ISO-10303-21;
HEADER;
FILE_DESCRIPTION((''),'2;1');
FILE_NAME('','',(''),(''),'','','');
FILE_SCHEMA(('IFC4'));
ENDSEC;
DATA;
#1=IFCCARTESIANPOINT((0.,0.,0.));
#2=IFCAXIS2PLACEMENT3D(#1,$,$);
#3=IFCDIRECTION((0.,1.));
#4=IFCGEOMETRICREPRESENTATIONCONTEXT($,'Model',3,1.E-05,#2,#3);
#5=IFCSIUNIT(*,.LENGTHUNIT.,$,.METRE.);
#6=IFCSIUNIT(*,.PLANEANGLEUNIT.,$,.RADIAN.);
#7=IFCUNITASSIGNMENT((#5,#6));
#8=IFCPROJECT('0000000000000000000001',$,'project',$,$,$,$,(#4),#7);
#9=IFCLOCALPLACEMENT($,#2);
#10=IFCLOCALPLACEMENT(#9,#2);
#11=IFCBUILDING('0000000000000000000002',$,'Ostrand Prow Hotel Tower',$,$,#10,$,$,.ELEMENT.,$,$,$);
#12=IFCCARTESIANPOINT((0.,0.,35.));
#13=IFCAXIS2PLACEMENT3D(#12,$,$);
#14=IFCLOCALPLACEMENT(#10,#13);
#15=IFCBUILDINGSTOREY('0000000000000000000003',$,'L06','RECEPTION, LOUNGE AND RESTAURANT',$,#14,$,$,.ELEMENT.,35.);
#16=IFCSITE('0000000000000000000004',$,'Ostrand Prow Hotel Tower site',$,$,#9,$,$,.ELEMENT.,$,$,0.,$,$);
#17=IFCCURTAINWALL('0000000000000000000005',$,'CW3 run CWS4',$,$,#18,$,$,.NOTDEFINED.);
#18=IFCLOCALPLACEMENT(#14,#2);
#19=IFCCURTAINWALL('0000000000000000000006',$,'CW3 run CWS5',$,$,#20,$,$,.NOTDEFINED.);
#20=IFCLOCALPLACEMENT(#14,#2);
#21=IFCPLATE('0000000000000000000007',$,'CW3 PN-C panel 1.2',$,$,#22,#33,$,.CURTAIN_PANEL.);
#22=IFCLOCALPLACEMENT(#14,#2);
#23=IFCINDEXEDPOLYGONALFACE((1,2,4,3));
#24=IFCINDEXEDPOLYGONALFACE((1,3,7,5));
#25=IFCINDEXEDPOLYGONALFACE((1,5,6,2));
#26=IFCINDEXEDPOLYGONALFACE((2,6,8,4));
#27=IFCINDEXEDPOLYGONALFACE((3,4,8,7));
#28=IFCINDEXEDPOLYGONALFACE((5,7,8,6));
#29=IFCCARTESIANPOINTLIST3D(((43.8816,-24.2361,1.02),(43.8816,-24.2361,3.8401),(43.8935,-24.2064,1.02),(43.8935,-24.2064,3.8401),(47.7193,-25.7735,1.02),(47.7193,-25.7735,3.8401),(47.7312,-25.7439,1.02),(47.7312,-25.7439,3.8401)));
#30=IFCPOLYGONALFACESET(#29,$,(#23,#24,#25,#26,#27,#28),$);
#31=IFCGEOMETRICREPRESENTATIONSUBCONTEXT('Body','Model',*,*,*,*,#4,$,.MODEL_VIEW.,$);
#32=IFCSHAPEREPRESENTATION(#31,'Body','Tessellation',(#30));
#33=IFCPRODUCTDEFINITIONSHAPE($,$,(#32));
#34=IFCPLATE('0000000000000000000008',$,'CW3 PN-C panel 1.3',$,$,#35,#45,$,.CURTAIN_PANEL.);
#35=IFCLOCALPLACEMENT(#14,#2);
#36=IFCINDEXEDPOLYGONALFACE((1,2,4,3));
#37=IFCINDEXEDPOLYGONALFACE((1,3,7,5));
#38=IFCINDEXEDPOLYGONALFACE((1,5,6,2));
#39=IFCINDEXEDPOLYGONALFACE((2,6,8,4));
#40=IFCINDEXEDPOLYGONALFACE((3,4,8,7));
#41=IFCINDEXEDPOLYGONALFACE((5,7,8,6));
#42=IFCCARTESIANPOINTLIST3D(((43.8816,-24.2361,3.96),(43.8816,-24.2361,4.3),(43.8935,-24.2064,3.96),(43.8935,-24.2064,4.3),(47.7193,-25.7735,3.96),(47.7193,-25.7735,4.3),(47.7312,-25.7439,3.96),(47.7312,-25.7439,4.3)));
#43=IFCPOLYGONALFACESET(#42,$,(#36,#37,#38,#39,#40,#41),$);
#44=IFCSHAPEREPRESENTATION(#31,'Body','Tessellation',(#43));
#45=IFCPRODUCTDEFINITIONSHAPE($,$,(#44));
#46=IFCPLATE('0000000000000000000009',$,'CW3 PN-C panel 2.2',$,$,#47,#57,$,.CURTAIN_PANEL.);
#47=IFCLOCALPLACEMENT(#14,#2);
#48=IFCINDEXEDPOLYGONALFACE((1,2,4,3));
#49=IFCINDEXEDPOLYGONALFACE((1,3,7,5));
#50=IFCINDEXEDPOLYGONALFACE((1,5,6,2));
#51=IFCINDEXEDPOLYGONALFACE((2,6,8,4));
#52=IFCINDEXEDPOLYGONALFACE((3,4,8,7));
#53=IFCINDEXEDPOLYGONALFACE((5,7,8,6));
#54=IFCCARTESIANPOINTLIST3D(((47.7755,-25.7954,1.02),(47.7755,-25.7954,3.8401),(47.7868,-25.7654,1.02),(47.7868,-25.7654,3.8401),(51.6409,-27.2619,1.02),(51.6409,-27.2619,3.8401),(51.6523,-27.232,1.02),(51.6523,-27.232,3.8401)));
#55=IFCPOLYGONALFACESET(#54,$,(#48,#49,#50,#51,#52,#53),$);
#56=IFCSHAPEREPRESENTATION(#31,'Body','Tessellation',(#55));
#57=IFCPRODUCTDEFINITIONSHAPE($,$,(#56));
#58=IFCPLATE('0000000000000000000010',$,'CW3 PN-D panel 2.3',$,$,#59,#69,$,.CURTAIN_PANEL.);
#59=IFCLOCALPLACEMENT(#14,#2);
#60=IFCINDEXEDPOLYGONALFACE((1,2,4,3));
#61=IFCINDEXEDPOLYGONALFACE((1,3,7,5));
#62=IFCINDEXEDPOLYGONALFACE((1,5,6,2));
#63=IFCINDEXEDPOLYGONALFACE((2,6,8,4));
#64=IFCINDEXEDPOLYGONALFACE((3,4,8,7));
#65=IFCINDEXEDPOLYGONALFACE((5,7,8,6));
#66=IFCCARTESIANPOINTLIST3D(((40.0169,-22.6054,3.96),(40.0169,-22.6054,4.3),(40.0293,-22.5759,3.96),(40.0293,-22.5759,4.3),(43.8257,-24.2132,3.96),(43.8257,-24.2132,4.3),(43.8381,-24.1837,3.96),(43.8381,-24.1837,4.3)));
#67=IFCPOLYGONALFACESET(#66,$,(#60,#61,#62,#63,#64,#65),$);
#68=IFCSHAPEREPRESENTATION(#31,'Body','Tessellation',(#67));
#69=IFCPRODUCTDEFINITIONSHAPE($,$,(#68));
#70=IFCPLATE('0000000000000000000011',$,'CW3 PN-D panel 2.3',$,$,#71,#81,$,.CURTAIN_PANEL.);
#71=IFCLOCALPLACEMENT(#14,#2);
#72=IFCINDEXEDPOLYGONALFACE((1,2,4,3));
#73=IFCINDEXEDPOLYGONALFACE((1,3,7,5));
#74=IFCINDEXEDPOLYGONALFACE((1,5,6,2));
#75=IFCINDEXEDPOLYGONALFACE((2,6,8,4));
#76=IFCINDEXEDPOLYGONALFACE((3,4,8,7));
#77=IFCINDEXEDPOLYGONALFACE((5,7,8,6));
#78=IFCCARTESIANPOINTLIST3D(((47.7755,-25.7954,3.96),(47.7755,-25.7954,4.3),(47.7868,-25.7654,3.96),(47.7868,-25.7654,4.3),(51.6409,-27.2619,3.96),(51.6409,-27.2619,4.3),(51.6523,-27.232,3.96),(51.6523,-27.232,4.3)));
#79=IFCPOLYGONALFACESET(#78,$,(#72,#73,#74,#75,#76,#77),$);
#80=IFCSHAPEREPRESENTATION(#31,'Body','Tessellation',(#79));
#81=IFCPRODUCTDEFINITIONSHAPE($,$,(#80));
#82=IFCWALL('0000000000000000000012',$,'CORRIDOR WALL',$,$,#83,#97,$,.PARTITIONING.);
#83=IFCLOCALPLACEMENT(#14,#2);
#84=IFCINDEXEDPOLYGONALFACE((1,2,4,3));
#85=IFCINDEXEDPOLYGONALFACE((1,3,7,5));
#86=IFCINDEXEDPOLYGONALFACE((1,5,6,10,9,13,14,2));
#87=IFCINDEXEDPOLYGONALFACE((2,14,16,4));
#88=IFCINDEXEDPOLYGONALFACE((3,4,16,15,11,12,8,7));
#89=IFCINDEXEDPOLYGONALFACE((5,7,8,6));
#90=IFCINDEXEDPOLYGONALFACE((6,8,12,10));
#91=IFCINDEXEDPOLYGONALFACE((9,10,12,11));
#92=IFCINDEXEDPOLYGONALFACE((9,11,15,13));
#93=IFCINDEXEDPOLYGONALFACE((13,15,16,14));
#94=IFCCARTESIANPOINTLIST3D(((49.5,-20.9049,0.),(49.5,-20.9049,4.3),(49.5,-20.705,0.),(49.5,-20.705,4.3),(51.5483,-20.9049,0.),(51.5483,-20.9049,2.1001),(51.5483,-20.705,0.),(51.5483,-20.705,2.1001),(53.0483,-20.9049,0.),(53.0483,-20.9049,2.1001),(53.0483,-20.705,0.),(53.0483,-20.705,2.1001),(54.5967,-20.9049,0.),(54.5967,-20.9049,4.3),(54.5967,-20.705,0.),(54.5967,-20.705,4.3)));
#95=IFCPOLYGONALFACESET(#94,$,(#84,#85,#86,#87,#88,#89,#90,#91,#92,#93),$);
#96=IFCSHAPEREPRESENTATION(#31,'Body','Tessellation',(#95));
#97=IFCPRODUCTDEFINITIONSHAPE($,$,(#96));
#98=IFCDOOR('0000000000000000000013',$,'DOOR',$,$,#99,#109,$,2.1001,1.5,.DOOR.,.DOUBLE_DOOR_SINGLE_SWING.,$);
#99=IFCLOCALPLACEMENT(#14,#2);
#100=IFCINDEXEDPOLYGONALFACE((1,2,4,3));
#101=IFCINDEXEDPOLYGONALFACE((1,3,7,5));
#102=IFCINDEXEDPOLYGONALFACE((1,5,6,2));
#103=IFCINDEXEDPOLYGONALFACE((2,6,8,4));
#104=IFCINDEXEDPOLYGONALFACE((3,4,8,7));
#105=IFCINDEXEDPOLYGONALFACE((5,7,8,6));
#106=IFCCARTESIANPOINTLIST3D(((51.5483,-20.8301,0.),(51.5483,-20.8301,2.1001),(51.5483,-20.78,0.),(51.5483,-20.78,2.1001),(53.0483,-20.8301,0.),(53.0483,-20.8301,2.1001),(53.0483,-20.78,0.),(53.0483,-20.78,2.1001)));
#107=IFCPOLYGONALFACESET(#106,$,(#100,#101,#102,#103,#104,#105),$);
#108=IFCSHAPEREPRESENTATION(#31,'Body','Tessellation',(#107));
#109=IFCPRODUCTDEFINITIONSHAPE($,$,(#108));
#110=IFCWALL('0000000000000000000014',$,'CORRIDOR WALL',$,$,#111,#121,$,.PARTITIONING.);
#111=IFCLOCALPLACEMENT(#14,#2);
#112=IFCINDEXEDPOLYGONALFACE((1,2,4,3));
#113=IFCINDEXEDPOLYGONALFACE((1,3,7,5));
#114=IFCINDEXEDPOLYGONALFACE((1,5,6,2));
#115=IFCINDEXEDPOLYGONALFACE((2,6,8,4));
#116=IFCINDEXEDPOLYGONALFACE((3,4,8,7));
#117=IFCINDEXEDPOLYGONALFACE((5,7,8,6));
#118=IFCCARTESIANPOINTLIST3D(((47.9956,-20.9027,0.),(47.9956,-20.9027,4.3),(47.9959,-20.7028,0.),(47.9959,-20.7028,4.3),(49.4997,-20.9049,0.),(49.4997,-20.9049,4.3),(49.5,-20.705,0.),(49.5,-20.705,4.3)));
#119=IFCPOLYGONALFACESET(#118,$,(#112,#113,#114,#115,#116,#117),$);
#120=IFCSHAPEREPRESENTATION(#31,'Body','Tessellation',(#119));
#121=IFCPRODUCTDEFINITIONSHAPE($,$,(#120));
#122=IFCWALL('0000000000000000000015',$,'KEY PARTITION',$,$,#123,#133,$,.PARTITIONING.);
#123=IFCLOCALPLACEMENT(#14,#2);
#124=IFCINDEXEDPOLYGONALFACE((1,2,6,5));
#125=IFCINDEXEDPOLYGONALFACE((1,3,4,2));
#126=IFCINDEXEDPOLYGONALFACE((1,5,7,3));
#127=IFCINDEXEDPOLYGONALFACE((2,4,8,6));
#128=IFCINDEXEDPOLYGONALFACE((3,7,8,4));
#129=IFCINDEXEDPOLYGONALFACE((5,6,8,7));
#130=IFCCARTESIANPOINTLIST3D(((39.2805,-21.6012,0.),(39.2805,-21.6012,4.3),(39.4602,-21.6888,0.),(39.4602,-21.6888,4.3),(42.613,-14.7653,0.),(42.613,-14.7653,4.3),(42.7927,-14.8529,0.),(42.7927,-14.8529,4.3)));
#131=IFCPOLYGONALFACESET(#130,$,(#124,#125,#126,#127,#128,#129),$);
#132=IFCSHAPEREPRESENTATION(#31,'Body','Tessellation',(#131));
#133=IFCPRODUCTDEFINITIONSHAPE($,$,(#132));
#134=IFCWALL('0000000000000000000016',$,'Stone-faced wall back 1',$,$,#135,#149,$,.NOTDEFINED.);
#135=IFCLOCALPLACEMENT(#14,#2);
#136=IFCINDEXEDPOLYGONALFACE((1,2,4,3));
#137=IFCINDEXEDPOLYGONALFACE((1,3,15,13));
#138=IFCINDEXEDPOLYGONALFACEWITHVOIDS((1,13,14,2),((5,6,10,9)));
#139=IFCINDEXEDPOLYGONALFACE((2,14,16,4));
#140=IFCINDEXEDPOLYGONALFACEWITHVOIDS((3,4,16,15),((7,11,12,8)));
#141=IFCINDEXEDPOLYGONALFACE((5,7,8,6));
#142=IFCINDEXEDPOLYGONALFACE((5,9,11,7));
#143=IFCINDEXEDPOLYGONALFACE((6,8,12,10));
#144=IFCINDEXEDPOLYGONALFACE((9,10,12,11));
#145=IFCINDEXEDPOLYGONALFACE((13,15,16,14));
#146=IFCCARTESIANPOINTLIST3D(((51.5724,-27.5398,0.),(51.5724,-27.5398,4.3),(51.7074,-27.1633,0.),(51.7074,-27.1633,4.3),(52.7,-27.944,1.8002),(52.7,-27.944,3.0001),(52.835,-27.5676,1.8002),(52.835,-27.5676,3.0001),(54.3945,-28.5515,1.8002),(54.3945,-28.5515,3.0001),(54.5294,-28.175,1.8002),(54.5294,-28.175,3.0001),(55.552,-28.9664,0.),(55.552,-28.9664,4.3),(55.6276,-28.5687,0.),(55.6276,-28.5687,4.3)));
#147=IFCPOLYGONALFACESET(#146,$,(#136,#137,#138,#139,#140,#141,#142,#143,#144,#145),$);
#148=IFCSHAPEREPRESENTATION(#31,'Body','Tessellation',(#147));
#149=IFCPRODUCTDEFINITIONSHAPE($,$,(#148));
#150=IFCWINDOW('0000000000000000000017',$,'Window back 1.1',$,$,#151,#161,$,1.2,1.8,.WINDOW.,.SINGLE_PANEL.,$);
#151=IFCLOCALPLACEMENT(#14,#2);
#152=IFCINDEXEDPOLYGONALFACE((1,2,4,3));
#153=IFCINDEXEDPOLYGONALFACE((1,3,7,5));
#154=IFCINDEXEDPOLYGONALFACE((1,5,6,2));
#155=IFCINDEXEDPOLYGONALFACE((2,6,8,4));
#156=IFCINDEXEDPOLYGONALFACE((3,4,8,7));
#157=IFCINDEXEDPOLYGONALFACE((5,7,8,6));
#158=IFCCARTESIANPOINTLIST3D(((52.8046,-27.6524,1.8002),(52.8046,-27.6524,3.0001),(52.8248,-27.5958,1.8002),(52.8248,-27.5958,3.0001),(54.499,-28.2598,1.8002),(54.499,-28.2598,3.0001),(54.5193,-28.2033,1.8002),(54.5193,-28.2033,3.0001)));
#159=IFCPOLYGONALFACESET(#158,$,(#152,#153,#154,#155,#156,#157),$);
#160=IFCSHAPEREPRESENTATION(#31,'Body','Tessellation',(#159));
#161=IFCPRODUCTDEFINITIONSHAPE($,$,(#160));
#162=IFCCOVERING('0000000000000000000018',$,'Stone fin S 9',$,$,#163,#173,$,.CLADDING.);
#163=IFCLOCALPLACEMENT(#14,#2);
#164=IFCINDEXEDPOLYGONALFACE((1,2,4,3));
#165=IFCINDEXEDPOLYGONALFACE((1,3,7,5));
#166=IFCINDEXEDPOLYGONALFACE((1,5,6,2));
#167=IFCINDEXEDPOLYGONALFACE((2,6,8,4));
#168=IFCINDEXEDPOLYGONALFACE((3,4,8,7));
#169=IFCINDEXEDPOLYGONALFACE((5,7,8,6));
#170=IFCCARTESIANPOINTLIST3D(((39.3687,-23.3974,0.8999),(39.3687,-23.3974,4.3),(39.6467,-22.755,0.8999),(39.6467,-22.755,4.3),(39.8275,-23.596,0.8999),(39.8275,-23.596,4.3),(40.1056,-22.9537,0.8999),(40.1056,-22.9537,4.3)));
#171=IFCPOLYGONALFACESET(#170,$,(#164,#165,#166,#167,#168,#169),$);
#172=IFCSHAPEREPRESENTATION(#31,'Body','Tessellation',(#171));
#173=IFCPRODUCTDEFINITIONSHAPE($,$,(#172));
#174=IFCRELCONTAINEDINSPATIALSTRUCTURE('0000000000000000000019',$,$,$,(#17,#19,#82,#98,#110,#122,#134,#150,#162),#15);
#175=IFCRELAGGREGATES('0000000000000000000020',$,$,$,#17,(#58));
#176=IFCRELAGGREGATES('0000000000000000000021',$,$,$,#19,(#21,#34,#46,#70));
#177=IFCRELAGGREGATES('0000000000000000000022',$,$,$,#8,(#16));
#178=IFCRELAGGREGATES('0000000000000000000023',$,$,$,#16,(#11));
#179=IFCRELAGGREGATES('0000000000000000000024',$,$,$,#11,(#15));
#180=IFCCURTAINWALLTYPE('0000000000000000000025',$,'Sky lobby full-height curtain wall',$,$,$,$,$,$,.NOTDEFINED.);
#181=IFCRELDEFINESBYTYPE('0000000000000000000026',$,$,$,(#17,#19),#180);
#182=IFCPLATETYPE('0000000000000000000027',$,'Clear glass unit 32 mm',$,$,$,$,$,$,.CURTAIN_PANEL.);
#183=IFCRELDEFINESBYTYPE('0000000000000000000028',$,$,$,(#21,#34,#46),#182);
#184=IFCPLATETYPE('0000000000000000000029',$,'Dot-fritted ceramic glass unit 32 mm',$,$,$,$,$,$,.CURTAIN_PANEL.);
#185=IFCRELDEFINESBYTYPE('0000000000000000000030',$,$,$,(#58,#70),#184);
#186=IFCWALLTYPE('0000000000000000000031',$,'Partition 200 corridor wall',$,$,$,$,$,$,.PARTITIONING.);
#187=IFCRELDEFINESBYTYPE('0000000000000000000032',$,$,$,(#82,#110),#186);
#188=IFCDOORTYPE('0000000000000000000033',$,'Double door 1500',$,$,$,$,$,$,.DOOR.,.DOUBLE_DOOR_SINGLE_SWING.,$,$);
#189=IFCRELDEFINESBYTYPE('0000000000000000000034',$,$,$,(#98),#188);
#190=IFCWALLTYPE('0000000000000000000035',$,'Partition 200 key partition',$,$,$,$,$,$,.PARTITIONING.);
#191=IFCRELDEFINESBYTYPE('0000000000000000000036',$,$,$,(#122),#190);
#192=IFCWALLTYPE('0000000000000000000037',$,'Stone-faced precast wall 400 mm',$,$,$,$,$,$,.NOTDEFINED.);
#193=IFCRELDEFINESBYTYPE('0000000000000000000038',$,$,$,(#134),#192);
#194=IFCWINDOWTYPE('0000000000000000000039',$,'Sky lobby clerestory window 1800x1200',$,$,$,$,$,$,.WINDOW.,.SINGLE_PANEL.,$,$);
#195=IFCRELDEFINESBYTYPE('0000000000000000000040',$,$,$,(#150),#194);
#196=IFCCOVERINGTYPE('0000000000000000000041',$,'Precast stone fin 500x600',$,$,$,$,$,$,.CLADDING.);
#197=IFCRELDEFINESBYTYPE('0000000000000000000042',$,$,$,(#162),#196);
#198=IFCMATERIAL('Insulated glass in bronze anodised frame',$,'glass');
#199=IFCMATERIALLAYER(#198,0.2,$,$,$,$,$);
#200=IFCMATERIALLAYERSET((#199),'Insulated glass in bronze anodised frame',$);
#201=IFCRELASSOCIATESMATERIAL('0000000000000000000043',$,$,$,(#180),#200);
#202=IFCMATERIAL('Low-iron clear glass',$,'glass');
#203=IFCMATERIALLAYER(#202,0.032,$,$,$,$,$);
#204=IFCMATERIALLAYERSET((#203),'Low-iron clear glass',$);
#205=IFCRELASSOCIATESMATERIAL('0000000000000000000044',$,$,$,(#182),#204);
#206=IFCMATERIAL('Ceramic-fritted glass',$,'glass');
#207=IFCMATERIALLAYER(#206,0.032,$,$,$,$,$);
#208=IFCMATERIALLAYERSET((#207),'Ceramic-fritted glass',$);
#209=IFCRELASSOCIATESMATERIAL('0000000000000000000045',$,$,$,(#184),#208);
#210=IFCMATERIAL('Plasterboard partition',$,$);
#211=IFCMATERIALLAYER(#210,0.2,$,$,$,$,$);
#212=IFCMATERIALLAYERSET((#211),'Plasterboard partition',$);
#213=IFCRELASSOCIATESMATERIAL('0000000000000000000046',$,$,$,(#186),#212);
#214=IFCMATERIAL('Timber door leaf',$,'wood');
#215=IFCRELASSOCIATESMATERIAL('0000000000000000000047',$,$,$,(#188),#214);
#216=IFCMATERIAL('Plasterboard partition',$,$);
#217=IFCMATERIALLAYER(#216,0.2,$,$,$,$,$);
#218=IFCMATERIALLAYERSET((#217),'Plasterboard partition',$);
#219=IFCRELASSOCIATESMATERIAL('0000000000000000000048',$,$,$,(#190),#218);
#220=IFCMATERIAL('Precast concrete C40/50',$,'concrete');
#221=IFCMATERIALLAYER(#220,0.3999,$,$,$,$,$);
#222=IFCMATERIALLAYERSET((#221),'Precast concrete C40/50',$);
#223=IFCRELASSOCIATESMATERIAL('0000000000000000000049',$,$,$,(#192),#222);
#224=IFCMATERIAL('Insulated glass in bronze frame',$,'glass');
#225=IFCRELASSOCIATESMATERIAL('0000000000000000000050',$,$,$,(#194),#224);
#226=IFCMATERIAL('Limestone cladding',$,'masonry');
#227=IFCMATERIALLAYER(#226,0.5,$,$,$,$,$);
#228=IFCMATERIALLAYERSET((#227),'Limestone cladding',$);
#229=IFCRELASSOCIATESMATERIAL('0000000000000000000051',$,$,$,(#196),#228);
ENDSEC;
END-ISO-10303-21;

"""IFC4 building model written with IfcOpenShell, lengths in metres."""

from ifc_helpers import new_model, si_unit, direction, frame, frame_2d, origin, origin_2d, place, context, subcontext, project, spatial, polyline, rectangle, outline, extrude, material, layer, layer_set, type_object, element, fill, aggregate, save


model = new_model("IFC4")

# Units and contexts
model_context = context("Model", 3, precision=1e-05, world=origin(), true_north=direction((0.0, 1.0)))
body_context = subcontext(model_context, "Body", "Model", "MODEL_VIEW")
ifc_project = project(units=[si_unit("LENGTHUNIT", "METRE"), si_unit("PLANEANGLEUNIT", "RADIAN")], contexts=[model_context])

# Site, building, storey
site_placement = place(None, origin())
site = spatial("IfcSite", under=ifc_project, at=site_placement, Name="Ostrand Prow Hotel Tower site", CompositionType="ELEMENT", RefElevation=0.0)
building_placement = place(site_placement, origin())
building = spatial("IfcBuilding", under=site, at=building_placement, Name="Ostrand Prow Hotel Tower", CompositionType="ELEMENT")
storey_placement = place(building_placement, frame((0.0, 0.0, 35.0)))
storey = spatial("IfcBuildingStorey", under=building, at=storey_placement, Name="L06", Description="RECEPTION, LOUNGE AND RESTAURANT", CompositionType="ELEMENT", Elevation=35.0)

# Curtain wall
ifc_material_1 = material(Name="Insulated glass in bronze anodised frame", Category="glass")
ifc_layer_1 = layer(ifc_material_1, 0.2)
ifc_layer_set_1 = layer_set([ifc_layer_1], Name="Insulated glass in bronze anodised frame")
curtain_wall_type = type_object("IfcCurtainWallType", Name="Sky lobby full-height curtain wall", PredefinedType="NOTDEFINED", material=ifc_layer_set_1)
curtain_wall_1_placement = place(storey_placement, origin())
curtain_wall_1 = element("IfcCurtainWall", 1, at=curtain_wall_1_placement, inside=storey, type_object=curtain_wall_type, Name="CW3 run CWS4", PredefinedType="NOTDEFINED")

# Curtain wall
curtain_wall_2_placement = place(storey_placement, origin())
curtain_wall_2 = element("IfcCurtainWall", 2, at=curtain_wall_2_placement, inside=storey, type_object=curtain_wall_type, Name="CW3 run CWS5", PredefinedType="NOTDEFINED")

# Plates
ifc_material_2 = material(Name="Low-iron clear glass", Category="glass")
ifc_layer_2 = layer(ifc_material_2, 0.032)
ifc_layer_set_2 = layer_set([ifc_layer_2], Name="Low-iron clear glass")
plate_type_1 = type_object("IfcPlateType", Name="Clear glass unit 32 mm", PredefinedType="CURTAIN_PANEL", material=ifc_layer_set_2)
plate_1_placement = place(storey_placement, frame((45.8064, -24.99, 1.02), z_axis=(0.0, 0.0, 1.0), x_axis=(0.928283, -0.371873, 0.0)))
plate_1 = element("IfcPlate", 3, at=plate_1_placement, type_object=plate_type_1, Name="CW3 PN-C panel 1.2", PredefinedType="CURTAIN_PANEL", context=body_context, shape_type="SweptSolid", body=[
    extrude(rectangle(XDim=4.1343, YDim=0.032, at=origin_2d()), origin(), (0.0, 0.0, 1.0), 2.8201),
])
plate_2_placement = place(storey_placement, frame((45.8064, -24.99, 3.96), z_axis=(0.0, 0.0, 1.0), x_axis=(0.928283, -0.371873, 0.0)))
plate_2 = element("IfcPlate", 4, at=plate_2_placement, type_object=plate_type_1, Name="CW3 PN-C panel 1.3", PredefinedType="CURTAIN_PANEL", context=body_context, shape_type="SweptSolid", body=[
    extrude(rectangle(XDim=4.1343, YDim=0.032, at=origin_2d()), origin(), (0.0, 0.0, 1.0), 0.3401),
])
plate_3_placement = place(storey_placement, frame((49.7139, -26.5137, 1.02), z_axis=(0.0, 0.0, 1.0), x_axis=(0.934969, -0.354728, 0.0)))
plate_3 = element("IfcPlate", 5, at=plate_3_placement, type_object=plate_type_1, Name="CW3 PN-C panel 2.2", PredefinedType="CURTAIN_PANEL", context=body_context, shape_type="SweptSolid", body=[
    extrude(rectangle(XDim=4.1343, YDim=0.032, at=origin_2d()), origin(), (0.0, 0.0, 1.0), 2.8201),
])
ifc_material_3 = material(Name="Ceramic-fritted glass", Category="glass")
ifc_layer_3 = layer(ifc_material_3, 0.032)
ifc_layer_set_3 = layer_set([ifc_layer_3], Name="Ceramic-fritted glass")
plate_type_2 = type_object("IfcPlateType", Name="Dot-fritted ceramic glass unit 32 mm", PredefinedType="CURTAIN_PANEL", material=ifc_layer_set_3)
plate_4_placement = place(storey_placement, frame((41.9275, -23.3945, 3.96), z_axis=(0.0, 0.0, 1.0), x_axis=(0.921283, -0.388892, 0.0)))
plate_4 = element("IfcPlate", 6, at=plate_4_placement, type_object=plate_type_2, Name="CW3 PN-D panel 2.3", PredefinedType="CURTAIN_PANEL", context=body_context, shape_type="SweptSolid", body=[
    extrude(rectangle(XDim=4.1343, YDim=0.032, at=origin_2d()), origin(), (0.0, 0.0, 1.0), 0.3401),
])
aggregate(curtain_wall_1, [plate_4])
plate_5_placement = place(storey_placement, frame((49.7139, -26.5137, 3.96), z_axis=(0.0, 0.0, 1.0), x_axis=(0.934969, -0.354728, 0.0)))
plate_5 = element("IfcPlate", 7, at=plate_5_placement, type_object=plate_type_2, Name="CW3 PN-D panel 2.3", PredefinedType="CURTAIN_PANEL", context=body_context, shape_type="SweptSolid", body=[
    extrude(rectangle(XDim=4.1343, YDim=0.032, at=origin_2d()), origin(), (0.0, 0.0, 1.0), 0.3401),
])
aggregate(curtain_wall_2, [plate_1, plate_2, plate_3, plate_5])

# Wall, opening, door
ifc_material_4 = material(Name="Plasterboard partition")
ifc_layer_4 = layer(ifc_material_4, 0.2)
ifc_layer_set_4 = layer_set([ifc_layer_4], Name="Plasterboard partition")
wall_type_1 = type_object("IfcWallType", Name="Partition 200 corridor wall", PredefinedType="PARTITIONING", material=ifc_layer_set_4)
wall_1_placement = place(storey_placement, frame((49.5, -20.8049, 0.0), z_axis=(0.0, 0.0, 1.0), x_axis=(1.0, 0.0, 0.0)))
wall_1 = element("IfcWall", 8, at=wall_1_placement, inside=storey, type_object=wall_type_1, Name="CORRIDOR WALL", PredefinedType="PARTITIONING", context=body_context, shape_type="SweptSolid", body=[
    extrude(rectangle(XDim=5.0967, YDim=0.2, at=frame_2d((2.5483, 0.0))), origin(), (0.0, 0.0, 1.0), 4.3),
])
opening_1_placement = place(wall_1_placement, frame((2.0483, 0.0, 0.0)))
opening_1 = element("IfcOpeningElement", 9, at=opening_1_placement, cuts=wall_1, PredefinedType="OPENING", context=body_context, shape_type="SweptSolid", body=[
    extrude(rectangle(XDim=1.5, YDim=2.1001, at=frame_2d((0.75, 1.05))), frame((0.0, 0.1099, 0.0), z_axis=(0.0, -1.0, 0.0), x_axis=(1.0, 0.0, 0.0)), (0.0, 0.0, 1.0), 0.22),
])
ifc_material_5 = material(Name="Timber door leaf", Category="wood")
door_type = type_object("IfcDoorType", Name="Double door 1500", OperationType="DOUBLE_DOOR_SINGLE_SWING", PredefinedType="DOOR", material=ifc_material_5)
door_placement = place(opening_1_placement, origin())
door = element("IfcDoor", 10, at=door_placement, inside=storey, type_object=door_type, Name="DOOR", OperationType="DOUBLE_DOOR_SINGLE_SWING", OverallHeight=2.1001, OverallWidth=1.5, PredefinedType="DOOR", context=body_context, shape_type="SweptSolid", body=[
    extrude(rectangle(XDim=1.5, YDim=2.1001, at=frame_2d((0.75, 1.05))), frame((0.0, 0.0249, 0.0), z_axis=(0.0, -1.0, 0.0), x_axis=(1.0, 0.0, 0.0)), (0.0, 0.0, 1.0), 0.05),
])
fill(opening_1, door)

# Walls
wall_2_placement = place(storey_placement, frame((47.9958, -20.8027, 0.0), z_axis=(0.0, 0.0, 1.0), x_axis=(0.999999, -0.001461, 0.0)))
element("IfcWall", 11, at=wall_2_placement, inside=storey, type_object=wall_type_1, Name="CORRIDOR WALL", PredefinedType="PARTITIONING", context=body_context, shape_type="SweptSolid", body=[
    extrude(rectangle(XDim=1.5042, YDim=0.2, at=frame_2d((0.752, 0.0))), origin(), (0.0, 0.0, 1.0), 4.3),
])
ifc_material_6 = material(Name="Plasterboard partition")
ifc_layer_5 = layer(ifc_material_6, 0.2)
ifc_layer_set_5 = layer_set([ifc_layer_5], Name="Plasterboard partition")
wall_type_2 = type_object("IfcWallType", Name="Partition 200 key partition", PredefinedType="PARTITIONING", material=ifc_layer_set_5)
wall_3_placement = place(storey_placement, frame((39.3704, -21.645, 0.0), z_axis=(0.0, 0.0, 1.0), x_axis=(0.438202, 0.898876, 0.0)))
element("IfcWall", 12, at=wall_3_placement, inside=storey, type_object=wall_type_2, Name="KEY PARTITION", PredefinedType="PARTITIONING", context=body_context, shape_type="SweptSolid", body=[
    extrude(rectangle(XDim=7.605, YDim=0.2, at=frame_2d((3.8025, 0.0))), origin(), (0.0, 0.0, 1.0), 4.3),
])

# Wall, opening, window
ifc_material_7 = material(Name="Precast concrete C40/50", Category="concrete")
ifc_layer_6 = layer(ifc_material_7, 0.3999)
ifc_layer_set_6 = layer_set([ifc_layer_6], Name="Precast concrete C40/50")
wall_type_3 = type_object("IfcWallType", Name="Stone-faced precast wall 400 mm", PredefinedType="NOTDEFINED", material=ifc_layer_set_6)
wall_4_placement = place(storey_placement, frame((51.6399, -27.3516, 0.0), z_axis=(0.0, 0.0, 1.0), x_axis=(0.94134, -0.33746, 0.0)))
wall_4 = element("IfcWall", 13, at=wall_4_placement, inside=storey, type_object=wall_type_3, Name="Stone-faced wall back 1", PredefinedType="NOTDEFINED", context=body_context, shape_type="SweptSolid", body=[
    extrude(outline(polyline([(0.0, -0.2), (4.2275, -0.2), (4.1646, 0.2), (0.0, 0.2), (0.0, -0.2)])), origin(), (0.0, 0.0, 1.0), 4.3),
])
opening_2_placement = place(wall_4_placement, frame((1.198, 0.0, 1.8)))
opening_2 = element("IfcOpeningElement", 14, at=opening_2_placement, cuts=wall_4, PredefinedType="OPENING", context=body_context, shape_type="SweptSolid", body=[
    extrude(rectangle(XDim=1.8, YDim=1.2, at=frame_2d((0.8999, 0.6001))), frame((0.0, 0.21, 0.0), z_axis=(0.0, -1.0, 0.0), x_axis=(1.0, 0.0, 0.0)), (0.0, 0.0, 1.0), 0.4199),
])
ifc_material_8 = material(Name="Insulated glass in bronze frame", Category="glass")
window_type = type_object("IfcWindowType", Name="Sky lobby clerestory window 1800x1200", PartitioningType="SINGLE_PANEL", PredefinedType="WINDOW", material=ifc_material_8)
window_placement = place(opening_2_placement, origin())
window = element("IfcWindow", 15, at=window_placement, inside=storey, type_object=window_type, Name="Window back 1.1", OverallHeight=1.2, OverallWidth=1.8, PartitioningType="SINGLE_PANEL", PredefinedType="WINDOW", context=body_context, shape_type="SweptSolid", body=[
    extrude(rectangle(XDim=1.8, YDim=1.2, at=frame_2d((0.8999, 0.6001))), frame((0.0, 0.1699, 0.0), z_axis=(0.0, -1.0, 0.0), x_axis=(1.0, 0.0, 0.0)), (0.0, 0.0, 1.0), 0.0601),
])
fill(opening_2, window)

# Covering
ifc_material_9 = material(Name="Limestone cladding", Category="masonry")
ifc_layer_7 = layer(ifc_material_9, 0.5)
ifc_layer_set_7 = layer_set([ifc_layer_7], Name="Limestone cladding")
covering_type = type_object("IfcCoveringType", Name="Precast stone fin 500x600", PredefinedType="CLADDING", material=ifc_layer_set_7)
for number, where, z_axis, x_axis, name in (
    (16, (39.8762, -22.8542, 0.8999), (0.0, 0.0, 1.0), (-0.397284, -0.917696, 0.0), "Stone fin S 9"),
):
    element("IfcCovering", number, at=place(storey_placement, frame(where, z_axis=z_axis, x_axis=x_axis)), inside=storey, type_object=covering_type, Name=name, PredefinedType="CLADDING", context=body_context, shape_type="SweptSolid", body=[
        extrude(rectangle(XDim=0.7, YDim=0.5, at=frame_2d((0.3501, 0.0))), origin(), (0.0, 0.0, 1.0), 3.4001),
    ])

save(model, "model.ifc")
